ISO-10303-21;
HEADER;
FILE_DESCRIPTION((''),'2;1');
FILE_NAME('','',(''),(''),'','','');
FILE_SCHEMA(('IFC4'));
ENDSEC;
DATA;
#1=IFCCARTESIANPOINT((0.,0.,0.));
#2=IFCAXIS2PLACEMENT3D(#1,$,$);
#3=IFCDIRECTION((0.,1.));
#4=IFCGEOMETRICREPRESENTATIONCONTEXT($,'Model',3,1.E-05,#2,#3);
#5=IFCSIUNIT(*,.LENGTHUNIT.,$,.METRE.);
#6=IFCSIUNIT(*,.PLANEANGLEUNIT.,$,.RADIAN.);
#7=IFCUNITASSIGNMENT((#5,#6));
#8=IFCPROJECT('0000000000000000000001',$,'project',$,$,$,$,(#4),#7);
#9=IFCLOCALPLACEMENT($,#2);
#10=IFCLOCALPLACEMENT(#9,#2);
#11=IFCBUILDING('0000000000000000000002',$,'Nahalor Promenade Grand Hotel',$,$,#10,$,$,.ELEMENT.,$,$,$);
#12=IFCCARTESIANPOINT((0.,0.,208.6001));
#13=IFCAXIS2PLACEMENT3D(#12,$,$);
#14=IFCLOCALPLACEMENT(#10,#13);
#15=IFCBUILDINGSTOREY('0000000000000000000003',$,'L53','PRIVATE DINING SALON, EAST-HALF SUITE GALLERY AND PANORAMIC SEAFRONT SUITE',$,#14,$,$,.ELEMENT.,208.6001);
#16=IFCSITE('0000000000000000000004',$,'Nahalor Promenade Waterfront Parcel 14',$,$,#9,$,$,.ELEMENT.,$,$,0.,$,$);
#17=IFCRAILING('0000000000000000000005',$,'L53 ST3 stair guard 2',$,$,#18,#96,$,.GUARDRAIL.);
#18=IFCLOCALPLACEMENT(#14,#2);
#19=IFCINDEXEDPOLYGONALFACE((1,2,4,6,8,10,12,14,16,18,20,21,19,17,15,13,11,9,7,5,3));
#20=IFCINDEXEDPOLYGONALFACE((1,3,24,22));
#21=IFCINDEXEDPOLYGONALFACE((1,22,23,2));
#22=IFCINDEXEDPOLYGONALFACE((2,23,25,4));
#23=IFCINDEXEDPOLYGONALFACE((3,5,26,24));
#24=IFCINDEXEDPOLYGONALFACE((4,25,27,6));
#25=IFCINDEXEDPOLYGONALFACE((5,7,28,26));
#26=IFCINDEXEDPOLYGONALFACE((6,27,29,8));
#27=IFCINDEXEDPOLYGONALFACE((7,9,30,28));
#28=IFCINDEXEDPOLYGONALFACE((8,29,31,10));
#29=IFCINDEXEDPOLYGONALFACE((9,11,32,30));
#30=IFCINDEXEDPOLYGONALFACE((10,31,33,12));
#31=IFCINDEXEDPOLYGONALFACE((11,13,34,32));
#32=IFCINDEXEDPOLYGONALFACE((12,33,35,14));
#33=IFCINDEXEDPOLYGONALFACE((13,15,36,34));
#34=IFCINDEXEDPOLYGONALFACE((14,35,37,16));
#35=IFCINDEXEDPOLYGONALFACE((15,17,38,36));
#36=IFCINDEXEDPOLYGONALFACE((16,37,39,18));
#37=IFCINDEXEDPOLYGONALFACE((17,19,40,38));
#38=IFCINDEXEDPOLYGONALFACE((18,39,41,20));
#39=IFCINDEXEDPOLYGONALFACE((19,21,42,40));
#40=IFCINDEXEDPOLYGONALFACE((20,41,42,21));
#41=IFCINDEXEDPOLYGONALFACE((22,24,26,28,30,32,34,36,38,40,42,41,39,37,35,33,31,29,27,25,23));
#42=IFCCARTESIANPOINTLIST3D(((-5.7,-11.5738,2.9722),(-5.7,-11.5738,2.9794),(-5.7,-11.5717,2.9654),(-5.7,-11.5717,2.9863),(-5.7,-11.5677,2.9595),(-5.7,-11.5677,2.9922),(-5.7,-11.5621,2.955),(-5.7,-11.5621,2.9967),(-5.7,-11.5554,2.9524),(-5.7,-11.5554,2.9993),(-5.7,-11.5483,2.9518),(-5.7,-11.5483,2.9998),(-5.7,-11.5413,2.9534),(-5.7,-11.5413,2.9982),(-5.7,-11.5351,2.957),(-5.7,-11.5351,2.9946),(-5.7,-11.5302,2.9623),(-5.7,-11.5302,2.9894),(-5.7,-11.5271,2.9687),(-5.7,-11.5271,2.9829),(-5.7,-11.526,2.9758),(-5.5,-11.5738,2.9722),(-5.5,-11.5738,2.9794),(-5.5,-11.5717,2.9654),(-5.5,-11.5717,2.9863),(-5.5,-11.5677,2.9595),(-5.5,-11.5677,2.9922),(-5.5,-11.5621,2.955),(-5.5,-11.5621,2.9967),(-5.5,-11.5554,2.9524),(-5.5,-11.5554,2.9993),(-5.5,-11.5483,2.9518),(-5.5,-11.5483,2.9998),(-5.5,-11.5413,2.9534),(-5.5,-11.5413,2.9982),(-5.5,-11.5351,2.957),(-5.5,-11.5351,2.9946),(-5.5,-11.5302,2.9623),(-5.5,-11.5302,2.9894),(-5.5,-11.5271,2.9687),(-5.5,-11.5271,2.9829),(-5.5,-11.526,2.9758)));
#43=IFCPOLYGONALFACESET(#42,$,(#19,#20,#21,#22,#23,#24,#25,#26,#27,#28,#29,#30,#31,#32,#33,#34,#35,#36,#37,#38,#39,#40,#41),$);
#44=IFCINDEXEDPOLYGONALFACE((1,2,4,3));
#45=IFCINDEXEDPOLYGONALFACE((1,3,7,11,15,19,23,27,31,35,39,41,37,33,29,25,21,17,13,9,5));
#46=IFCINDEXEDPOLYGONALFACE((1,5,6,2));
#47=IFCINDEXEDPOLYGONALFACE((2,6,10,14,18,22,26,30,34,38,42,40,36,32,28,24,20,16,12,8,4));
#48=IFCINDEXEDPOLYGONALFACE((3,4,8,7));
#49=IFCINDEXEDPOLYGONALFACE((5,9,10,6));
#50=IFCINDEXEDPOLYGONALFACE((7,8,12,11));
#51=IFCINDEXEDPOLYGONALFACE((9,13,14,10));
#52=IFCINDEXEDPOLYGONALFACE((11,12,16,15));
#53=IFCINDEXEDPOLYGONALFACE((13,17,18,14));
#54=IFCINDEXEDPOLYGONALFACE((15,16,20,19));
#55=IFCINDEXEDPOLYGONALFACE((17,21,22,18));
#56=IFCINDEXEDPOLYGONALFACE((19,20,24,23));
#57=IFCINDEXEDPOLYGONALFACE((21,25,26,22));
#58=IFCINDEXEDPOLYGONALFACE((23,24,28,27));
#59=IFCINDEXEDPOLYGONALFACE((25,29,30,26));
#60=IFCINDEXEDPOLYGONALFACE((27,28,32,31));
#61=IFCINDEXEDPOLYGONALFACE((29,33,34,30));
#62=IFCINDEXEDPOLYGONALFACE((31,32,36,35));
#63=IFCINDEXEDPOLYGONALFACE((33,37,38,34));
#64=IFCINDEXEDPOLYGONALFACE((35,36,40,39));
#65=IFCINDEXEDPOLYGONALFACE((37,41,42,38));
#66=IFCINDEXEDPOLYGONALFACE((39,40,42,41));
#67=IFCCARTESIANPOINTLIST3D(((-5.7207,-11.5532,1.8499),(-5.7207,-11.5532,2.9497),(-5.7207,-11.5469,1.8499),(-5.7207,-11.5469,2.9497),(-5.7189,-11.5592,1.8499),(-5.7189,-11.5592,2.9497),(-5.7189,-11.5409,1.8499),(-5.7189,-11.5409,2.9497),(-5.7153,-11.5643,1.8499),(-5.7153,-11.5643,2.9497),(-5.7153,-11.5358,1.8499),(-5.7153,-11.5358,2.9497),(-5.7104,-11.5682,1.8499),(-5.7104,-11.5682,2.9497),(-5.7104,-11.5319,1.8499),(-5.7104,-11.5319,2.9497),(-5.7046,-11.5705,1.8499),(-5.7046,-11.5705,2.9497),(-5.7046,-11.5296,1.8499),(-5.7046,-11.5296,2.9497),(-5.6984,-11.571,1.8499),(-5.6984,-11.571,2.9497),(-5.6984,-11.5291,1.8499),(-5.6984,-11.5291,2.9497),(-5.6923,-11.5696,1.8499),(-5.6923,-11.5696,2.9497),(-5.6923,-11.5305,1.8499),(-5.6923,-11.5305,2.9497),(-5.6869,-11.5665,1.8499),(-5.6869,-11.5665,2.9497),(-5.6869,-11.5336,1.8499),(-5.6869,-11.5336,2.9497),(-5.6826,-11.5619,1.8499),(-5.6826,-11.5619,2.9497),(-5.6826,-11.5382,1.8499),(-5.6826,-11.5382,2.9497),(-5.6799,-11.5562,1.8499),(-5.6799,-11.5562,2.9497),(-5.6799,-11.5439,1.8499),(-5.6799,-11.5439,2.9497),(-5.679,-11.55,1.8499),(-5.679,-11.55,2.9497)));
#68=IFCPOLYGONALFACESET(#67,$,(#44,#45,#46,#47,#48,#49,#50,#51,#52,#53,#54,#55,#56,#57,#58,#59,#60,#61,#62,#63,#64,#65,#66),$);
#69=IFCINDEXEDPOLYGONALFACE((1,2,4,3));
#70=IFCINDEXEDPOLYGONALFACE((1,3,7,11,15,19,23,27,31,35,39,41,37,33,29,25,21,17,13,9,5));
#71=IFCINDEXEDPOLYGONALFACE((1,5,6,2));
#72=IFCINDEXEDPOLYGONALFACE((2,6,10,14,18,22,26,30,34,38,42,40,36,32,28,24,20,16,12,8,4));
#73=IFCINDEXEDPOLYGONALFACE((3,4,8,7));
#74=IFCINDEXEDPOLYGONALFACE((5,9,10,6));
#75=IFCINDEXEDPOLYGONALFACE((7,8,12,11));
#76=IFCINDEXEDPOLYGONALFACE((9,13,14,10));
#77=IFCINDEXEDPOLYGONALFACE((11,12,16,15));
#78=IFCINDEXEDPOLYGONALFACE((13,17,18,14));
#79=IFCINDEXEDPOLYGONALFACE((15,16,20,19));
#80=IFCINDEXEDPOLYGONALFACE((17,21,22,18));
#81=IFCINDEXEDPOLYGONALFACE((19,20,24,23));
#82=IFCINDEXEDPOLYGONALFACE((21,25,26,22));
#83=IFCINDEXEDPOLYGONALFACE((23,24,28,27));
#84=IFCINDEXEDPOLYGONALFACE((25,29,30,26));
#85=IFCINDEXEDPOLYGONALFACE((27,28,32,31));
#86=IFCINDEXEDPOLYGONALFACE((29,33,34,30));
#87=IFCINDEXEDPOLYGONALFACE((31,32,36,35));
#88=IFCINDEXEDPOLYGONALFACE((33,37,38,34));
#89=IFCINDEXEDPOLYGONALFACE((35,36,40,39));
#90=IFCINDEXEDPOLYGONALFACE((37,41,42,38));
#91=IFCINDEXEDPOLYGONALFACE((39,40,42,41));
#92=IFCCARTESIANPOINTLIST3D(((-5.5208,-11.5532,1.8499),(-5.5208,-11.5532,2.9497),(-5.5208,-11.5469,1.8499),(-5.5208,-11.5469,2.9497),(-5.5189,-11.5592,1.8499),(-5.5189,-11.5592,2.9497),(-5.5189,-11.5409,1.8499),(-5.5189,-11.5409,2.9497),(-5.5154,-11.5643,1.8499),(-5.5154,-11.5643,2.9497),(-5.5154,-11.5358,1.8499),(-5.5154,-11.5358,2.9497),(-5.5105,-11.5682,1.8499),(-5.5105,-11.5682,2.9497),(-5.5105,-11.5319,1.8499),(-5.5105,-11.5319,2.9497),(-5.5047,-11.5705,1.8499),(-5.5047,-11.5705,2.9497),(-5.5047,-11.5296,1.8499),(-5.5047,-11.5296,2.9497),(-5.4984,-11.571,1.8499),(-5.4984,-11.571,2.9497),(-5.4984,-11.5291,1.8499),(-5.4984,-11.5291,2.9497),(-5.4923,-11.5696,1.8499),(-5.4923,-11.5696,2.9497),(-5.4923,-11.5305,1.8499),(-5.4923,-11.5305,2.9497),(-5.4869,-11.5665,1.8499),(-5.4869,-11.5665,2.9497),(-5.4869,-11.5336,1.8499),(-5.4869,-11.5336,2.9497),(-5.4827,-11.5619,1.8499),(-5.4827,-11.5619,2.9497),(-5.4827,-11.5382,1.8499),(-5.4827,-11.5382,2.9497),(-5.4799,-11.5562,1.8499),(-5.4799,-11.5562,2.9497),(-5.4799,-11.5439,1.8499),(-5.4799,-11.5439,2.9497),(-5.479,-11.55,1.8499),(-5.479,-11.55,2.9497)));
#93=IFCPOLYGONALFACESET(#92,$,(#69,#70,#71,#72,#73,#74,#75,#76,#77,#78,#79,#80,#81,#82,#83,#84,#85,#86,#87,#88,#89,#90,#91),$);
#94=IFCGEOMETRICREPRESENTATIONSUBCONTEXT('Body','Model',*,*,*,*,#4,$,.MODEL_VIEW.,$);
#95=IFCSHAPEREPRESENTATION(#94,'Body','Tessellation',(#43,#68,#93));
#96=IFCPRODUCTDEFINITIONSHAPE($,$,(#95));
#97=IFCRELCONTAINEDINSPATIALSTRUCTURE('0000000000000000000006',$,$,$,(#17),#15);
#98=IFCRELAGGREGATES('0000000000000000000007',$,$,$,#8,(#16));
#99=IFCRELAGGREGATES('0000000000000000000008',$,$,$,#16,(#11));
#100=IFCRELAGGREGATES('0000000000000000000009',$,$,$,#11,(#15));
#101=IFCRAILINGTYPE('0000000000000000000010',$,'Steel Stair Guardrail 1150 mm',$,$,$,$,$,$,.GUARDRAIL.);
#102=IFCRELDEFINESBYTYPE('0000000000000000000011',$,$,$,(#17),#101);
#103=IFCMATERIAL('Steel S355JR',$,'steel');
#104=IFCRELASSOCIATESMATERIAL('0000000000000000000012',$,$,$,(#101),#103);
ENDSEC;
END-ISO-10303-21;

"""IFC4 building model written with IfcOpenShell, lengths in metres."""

from ifc_helpers import new_model, si_unit, direction, frame, origin, origin_2d, place, context, subcontext, project, spatial, circle, extrude, material, type_object, element, save


model = new_model("IFC4")

# Units and contexts
model_context = context("Model", 3, precision=1e-05, world=origin(), true_north=direction((0.0, 1.0)))
body_context = subcontext(model_context, "Body", "Model", "MODEL_VIEW")
ifc_project = project(units=[si_unit("LENGTHUNIT", "METRE"), si_unit("PLANEANGLEUNIT", "RADIAN")], contexts=[model_context])

# Site, building, storey
site_placement = place(None, origin())
site = spatial("IfcSite", under=ifc_project, at=site_placement, Name="Nahalor Promenade Waterfront Parcel 14", CompositionType="ELEMENT", RefElevation=0.0)
building_placement = place(site_placement, origin())
building = spatial("IfcBuilding", under=site, at=building_placement, Name="Nahalor Promenade Grand Hotel", CompositionType="ELEMENT")
storey_placement = place(building_placement, frame((0.0, 0.0, 208.6001)))
storey = spatial("IfcBuildingStorey", under=building, at=storey_placement, Name="L53", Description="PRIVATE DINING SALON, EAST-HALF SUITE GALLERY AND PANORAMIC SEAFRONT SUITE", CompositionType="ELEMENT", Elevation=208.6001)

# Shared definitions
ifc_material_1 = material(Name="Steel S355JR", Category="steel")

# Railing
railing_type_1 = type_object("IfcRailingType", Name="Steel Stair Guardrail 1150 mm", PredefinedType="GUARDRAIL", material=ifc_material_1)
railing_1_placement = place(storey_placement, frame((-5.7, -11.55, 1.8499)))
element("IfcRailing", 1, at=railing_1_placement, inside=storey, type_object=railing_type_1, Name="L53 ST3 stair guard 2", PredefinedType="GUARDRAIL", context=body_context, shape_type="SweptSolid", body=[
    extrude(circle(Radius=0.024, at=origin_2d()), frame((0.0, 0.0, 1.126), z_axis=(1.0, 0.0, 0.0), x_axis=(0.0, 1.0, 0.0)), (0.0, 0.0, 1.0), 0.2),
    extrude(circle(Radius=0.021, at=origin_2d()), origin(), (0.0, 0.0, 1.0), 1.0999),
    extrude(circle(Radius=0.021, at=origin_2d()), frame((0.2, 0.0, 0.0)), (0.0, 0.0, 1.0), 1.0999),
])

save(model, "model.ifc")
